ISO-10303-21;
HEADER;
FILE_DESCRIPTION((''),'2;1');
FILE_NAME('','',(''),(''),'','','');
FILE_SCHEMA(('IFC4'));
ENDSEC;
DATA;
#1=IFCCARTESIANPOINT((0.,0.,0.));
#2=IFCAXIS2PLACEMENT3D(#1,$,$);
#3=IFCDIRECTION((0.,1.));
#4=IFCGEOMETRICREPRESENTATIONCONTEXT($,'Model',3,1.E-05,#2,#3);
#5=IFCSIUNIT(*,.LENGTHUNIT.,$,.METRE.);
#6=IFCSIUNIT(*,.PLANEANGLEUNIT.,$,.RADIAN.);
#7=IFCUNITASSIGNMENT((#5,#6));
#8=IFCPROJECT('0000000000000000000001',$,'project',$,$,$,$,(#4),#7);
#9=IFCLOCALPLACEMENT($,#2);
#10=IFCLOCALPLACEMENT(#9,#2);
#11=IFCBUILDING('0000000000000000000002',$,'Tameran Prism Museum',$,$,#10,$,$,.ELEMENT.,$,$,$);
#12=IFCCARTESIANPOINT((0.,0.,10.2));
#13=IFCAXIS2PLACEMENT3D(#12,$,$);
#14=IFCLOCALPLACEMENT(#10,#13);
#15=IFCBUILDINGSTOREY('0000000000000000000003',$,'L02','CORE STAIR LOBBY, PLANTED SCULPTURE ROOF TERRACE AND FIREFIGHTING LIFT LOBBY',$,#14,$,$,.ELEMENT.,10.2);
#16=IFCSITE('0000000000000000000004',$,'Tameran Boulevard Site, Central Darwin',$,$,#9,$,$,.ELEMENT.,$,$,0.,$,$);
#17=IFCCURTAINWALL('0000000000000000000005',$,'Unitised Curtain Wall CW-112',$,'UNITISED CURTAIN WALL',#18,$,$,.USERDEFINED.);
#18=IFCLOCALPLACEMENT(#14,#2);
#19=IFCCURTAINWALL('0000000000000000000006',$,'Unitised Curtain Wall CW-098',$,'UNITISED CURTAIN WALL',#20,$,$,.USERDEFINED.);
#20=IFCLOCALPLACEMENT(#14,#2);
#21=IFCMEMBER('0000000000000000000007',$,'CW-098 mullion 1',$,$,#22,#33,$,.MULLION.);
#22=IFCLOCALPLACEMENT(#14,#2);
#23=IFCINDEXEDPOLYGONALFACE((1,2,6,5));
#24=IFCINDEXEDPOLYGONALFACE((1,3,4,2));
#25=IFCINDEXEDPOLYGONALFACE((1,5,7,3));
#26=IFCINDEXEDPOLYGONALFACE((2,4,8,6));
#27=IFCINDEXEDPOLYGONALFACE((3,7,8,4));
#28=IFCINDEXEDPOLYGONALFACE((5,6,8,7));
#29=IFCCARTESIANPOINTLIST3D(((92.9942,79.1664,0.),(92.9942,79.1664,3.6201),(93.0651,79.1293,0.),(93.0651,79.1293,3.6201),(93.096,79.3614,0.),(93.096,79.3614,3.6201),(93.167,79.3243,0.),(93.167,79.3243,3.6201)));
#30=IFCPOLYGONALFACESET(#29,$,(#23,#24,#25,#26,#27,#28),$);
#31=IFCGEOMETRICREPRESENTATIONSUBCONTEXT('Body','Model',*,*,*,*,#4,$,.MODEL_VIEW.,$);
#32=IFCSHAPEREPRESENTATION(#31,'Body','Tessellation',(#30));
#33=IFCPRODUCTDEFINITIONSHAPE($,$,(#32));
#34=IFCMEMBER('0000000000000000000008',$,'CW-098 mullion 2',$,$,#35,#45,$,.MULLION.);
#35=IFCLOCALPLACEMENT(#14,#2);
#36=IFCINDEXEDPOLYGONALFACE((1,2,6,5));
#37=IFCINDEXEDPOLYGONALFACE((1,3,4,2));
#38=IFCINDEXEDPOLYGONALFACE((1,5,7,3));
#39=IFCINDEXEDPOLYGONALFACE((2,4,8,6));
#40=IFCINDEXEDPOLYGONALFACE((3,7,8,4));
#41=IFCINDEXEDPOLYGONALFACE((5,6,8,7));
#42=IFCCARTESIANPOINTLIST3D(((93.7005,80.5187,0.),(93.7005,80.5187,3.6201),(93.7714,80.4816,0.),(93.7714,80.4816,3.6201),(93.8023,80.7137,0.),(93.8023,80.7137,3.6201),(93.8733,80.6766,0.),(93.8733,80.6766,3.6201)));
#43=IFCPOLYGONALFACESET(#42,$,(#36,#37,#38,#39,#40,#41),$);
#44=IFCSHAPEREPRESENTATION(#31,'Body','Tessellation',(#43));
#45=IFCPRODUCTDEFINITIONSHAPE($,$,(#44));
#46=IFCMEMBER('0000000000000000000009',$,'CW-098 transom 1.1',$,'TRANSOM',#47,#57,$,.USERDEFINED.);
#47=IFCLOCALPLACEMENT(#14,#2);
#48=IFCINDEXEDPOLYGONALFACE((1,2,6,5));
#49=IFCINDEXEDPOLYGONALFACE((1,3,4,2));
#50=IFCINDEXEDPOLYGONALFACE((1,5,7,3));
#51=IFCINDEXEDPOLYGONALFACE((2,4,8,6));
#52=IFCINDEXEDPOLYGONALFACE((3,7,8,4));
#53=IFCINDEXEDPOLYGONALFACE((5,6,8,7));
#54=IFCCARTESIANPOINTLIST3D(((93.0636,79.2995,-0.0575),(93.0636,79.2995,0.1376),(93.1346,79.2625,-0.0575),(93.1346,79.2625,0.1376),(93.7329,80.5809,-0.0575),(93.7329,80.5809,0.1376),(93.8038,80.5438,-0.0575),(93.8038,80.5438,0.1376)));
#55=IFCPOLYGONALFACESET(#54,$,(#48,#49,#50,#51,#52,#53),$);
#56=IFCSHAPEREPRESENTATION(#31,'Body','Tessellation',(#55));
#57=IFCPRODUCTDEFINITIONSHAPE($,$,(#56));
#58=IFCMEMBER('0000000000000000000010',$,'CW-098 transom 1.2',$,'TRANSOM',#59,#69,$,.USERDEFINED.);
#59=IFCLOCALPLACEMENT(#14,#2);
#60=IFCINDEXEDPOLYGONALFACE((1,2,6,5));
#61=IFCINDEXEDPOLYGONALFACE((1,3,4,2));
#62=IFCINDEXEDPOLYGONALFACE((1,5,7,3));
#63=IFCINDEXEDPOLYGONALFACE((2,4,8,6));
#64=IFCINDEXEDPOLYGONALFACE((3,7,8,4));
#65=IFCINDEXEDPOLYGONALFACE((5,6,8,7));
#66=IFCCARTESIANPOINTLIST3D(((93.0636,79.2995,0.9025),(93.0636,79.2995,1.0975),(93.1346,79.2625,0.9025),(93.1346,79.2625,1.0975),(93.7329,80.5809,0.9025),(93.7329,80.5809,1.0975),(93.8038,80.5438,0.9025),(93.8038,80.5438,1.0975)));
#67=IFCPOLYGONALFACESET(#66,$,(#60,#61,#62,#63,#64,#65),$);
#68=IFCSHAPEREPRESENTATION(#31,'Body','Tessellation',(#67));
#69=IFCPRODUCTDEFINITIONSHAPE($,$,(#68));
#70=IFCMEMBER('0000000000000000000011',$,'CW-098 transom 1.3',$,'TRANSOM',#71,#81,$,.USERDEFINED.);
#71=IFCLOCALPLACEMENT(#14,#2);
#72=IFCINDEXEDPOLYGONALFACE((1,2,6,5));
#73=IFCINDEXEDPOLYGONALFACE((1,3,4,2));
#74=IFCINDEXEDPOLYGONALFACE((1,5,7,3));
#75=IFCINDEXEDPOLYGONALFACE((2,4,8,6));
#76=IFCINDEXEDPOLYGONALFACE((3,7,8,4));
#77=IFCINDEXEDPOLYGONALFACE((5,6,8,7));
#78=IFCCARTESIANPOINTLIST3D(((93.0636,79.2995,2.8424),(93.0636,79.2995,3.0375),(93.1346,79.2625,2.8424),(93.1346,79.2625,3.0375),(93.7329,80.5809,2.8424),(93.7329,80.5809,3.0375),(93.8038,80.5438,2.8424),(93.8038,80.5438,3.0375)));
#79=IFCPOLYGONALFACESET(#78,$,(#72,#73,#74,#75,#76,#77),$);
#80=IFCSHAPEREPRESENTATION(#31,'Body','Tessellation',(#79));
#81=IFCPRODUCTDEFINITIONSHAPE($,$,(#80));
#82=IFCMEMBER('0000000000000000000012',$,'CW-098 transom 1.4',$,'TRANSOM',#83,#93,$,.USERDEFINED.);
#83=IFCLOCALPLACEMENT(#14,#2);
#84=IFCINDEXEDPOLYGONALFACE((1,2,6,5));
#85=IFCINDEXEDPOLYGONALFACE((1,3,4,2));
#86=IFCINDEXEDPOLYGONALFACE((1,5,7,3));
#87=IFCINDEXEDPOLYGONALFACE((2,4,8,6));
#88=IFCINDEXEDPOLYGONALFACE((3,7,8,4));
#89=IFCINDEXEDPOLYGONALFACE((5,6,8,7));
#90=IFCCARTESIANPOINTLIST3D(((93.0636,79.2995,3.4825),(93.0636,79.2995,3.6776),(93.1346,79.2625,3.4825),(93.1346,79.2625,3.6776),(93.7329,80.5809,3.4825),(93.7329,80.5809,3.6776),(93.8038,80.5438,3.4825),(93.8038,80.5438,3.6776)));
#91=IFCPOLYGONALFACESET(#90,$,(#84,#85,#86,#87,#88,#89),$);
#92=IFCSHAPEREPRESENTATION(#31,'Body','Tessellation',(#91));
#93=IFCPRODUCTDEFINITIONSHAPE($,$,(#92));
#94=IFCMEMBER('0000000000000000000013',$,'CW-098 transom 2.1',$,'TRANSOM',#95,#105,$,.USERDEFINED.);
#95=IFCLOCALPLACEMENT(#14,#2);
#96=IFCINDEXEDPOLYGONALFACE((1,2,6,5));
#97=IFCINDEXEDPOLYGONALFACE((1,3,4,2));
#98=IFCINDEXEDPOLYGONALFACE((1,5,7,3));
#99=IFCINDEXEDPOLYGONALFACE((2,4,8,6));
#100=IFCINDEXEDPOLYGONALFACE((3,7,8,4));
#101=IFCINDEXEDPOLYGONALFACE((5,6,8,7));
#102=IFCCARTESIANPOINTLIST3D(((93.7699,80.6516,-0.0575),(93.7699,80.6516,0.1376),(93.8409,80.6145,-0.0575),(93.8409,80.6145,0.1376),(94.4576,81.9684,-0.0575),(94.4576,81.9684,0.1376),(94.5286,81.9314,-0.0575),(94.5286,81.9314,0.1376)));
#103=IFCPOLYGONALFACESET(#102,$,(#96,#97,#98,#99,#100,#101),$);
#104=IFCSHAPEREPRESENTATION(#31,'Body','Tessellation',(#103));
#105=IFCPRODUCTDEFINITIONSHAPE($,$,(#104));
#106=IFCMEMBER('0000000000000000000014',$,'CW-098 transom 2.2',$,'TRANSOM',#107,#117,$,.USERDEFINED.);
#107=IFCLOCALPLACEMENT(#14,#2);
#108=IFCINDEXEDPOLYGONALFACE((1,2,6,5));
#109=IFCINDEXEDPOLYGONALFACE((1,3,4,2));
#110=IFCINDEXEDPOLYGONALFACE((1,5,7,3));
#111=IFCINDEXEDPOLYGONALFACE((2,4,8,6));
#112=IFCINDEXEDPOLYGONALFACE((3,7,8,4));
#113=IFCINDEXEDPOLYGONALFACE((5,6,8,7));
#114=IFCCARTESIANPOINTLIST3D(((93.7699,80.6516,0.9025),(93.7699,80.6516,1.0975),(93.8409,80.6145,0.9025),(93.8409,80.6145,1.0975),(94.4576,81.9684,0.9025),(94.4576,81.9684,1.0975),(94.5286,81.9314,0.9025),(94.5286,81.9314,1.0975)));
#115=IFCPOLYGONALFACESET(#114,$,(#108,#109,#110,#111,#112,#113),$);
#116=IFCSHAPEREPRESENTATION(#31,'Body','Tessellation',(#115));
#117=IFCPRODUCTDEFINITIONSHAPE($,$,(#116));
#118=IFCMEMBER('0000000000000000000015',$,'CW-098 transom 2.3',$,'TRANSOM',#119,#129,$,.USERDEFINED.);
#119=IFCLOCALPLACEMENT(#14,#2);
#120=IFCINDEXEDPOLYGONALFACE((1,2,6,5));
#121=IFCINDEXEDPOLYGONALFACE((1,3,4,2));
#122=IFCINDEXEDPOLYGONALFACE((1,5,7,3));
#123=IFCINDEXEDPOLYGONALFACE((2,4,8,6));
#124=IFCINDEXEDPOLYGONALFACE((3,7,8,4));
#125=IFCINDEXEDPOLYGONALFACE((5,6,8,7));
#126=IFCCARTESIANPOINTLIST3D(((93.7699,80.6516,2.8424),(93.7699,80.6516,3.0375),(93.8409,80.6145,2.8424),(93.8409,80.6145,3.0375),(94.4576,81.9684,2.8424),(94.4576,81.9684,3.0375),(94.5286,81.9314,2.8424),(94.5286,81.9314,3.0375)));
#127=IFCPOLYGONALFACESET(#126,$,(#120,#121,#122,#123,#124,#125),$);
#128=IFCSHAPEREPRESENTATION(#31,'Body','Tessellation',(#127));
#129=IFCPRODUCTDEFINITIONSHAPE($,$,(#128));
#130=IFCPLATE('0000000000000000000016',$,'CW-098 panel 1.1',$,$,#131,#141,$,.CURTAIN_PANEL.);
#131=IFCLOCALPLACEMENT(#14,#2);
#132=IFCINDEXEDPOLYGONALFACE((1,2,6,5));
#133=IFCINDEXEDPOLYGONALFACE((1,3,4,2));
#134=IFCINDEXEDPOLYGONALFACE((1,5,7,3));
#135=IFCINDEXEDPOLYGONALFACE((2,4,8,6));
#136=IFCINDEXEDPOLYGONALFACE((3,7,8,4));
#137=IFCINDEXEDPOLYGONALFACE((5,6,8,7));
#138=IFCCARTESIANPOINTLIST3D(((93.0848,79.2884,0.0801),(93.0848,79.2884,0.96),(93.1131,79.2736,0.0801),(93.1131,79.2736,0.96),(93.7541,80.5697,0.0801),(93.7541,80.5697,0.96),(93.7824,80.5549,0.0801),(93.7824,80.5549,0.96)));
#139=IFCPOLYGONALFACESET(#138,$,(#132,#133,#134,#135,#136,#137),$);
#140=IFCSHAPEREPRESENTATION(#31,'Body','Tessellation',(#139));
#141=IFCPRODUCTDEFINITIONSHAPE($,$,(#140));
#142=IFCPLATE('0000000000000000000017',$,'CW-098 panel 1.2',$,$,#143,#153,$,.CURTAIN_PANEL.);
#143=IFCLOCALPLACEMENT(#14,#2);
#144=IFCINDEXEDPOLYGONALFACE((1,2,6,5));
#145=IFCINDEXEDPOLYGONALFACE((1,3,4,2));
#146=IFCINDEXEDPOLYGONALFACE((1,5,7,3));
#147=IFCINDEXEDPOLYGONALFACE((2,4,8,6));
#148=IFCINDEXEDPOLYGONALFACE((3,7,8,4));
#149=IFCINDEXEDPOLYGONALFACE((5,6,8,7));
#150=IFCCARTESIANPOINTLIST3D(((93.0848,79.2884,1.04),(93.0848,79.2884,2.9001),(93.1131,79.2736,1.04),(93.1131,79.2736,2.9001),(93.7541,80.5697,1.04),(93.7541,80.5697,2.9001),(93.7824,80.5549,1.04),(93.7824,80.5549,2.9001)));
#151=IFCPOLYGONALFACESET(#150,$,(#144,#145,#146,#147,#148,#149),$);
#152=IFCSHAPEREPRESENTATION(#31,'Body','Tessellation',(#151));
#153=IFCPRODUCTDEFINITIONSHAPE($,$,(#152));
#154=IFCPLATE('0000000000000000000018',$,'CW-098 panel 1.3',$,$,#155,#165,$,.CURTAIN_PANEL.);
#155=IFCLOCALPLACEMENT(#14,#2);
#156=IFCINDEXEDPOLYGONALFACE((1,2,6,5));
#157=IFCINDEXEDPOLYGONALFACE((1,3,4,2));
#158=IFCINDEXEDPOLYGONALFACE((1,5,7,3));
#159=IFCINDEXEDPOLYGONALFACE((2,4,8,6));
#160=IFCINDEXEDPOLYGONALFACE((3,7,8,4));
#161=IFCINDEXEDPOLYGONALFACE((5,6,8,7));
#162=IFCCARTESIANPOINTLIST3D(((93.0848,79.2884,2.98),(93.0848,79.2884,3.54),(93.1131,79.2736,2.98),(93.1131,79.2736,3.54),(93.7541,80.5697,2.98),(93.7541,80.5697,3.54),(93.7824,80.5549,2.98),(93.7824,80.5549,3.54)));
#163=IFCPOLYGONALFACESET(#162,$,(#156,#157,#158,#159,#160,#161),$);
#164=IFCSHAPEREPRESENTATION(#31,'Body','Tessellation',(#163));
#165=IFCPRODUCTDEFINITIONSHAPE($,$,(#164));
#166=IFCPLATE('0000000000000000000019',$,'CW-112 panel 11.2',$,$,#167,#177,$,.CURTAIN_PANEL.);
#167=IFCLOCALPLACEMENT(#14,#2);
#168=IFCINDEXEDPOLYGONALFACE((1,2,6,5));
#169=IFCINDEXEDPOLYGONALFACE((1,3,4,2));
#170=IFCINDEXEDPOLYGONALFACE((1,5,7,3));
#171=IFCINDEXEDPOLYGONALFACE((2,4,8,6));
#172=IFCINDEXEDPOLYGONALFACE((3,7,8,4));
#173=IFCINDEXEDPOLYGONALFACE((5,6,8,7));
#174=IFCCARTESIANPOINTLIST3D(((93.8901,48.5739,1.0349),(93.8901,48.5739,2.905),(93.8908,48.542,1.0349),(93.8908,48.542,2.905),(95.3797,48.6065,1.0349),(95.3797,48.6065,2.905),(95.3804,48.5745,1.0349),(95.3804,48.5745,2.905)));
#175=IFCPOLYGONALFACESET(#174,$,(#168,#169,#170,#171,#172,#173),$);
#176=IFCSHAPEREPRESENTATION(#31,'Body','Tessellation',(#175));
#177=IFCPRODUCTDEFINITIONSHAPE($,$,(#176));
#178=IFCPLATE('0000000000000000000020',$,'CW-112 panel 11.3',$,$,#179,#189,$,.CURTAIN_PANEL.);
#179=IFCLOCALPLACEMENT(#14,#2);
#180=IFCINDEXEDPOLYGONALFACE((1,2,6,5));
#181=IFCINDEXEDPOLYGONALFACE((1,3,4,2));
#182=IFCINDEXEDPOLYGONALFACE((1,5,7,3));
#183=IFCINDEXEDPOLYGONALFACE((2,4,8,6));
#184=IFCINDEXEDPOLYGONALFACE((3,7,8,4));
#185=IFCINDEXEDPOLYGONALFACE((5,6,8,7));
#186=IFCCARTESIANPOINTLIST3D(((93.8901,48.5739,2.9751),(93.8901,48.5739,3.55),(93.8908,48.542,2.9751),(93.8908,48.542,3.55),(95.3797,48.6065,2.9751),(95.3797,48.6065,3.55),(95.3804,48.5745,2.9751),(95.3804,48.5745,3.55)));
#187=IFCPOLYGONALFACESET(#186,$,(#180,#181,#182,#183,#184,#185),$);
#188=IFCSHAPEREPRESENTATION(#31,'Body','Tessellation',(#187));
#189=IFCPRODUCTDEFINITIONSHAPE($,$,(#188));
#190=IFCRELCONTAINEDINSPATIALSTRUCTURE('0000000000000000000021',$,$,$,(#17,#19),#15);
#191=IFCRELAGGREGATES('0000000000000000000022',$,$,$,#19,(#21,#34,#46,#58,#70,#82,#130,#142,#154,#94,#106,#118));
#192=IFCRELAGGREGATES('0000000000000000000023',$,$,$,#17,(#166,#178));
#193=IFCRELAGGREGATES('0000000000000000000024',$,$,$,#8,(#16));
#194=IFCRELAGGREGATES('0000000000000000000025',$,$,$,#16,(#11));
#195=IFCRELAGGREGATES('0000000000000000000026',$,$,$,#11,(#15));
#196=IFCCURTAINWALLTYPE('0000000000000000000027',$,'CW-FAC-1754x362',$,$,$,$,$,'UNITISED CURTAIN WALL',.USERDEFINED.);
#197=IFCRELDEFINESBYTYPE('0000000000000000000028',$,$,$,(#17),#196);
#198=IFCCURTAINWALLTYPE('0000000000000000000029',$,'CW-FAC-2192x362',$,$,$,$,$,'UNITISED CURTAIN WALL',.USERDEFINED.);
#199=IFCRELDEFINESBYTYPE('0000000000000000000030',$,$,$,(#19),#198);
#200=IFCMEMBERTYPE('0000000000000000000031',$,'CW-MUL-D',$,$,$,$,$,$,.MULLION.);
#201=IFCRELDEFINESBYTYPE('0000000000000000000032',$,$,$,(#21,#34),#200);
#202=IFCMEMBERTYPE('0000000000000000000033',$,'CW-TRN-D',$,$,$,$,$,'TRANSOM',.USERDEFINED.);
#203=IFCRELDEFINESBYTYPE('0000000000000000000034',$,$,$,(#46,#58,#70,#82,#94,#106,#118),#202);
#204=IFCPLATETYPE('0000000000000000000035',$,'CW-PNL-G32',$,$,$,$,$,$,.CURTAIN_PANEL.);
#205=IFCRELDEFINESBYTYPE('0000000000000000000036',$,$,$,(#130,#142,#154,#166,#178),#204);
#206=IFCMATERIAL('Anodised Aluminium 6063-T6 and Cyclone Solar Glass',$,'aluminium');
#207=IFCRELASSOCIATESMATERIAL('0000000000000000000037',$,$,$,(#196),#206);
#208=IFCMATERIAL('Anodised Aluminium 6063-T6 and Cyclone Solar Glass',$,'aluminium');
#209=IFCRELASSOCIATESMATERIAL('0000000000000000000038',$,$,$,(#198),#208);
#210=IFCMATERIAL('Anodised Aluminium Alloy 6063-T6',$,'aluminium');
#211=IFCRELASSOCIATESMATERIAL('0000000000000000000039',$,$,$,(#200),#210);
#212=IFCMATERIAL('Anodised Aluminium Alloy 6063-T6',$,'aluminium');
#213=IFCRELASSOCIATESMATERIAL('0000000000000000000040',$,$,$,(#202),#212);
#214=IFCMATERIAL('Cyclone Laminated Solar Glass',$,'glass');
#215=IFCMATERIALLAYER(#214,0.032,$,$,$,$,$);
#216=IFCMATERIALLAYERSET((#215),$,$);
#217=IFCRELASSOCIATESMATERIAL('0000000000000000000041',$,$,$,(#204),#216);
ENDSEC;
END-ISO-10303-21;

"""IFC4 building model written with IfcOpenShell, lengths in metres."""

from ifc_helpers import new_model, si_unit, direction, frame, origin, origin_2d, place, context, subcontext, project, spatial, rectangle, extrude, material, layer, layer_set, material_profile, profile_set, type_object, element, aggregate, save


model = new_model("IFC4")

# Units and contexts
model_context = context("Model", 3, precision=1e-05, world=origin(), true_north=direction((0.0, 1.0)))
body_context = subcontext(model_context, "Body", "Model", "MODEL_VIEW")
ifc_project = project(units=[si_unit("LENGTHUNIT", "METRE"), si_unit("PLANEANGLEUNIT", "RADIAN")], contexts=[model_context])

# Site, building, storey
site_placement = place(None, origin())
site = spatial("IfcSite", under=ifc_project, at=site_placement, Name="Tameran Boulevard Site, Central Darwin", CompositionType="ELEMENT", RefElevation=0.0)
building_placement = place(site_placement, origin())
building = spatial("IfcBuilding", under=site, at=building_placement, Name="Tameran Prism Museum", CompositionType="ELEMENT")
storey_placement = place(building_placement, frame((0.0, 0.0, 10.2)))
storey = spatial("IfcBuildingStorey", under=building, at=storey_placement, Name="L02", Description="CORE STAIR LOBBY, PLANTED SCULPTURE ROOF TERRACE AND FIREFIGHTING LIFT LOBBY", CompositionType="ELEMENT", Elevation=10.2)

# Curtain wall
ifc_material_1 = material(Name="Anodised Aluminium 6063-T6 and Cyclone Solar Glass", Category="aluminium")
curtain_wall_type_1 = type_object("IfcCurtainWallType", Name="CW-FAC-1754x362", ElementType="UNITISED CURTAIN WALL", PredefinedType="USERDEFINED", material=ifc_material_1)
curtain_wall_1_placement = place(storey_placement, origin())
curtain_wall_1 = element("IfcCurtainWall", 1, at=curtain_wall_1_placement, inside=storey, type_object=curtain_wall_type_1, Name="Unitised Curtain Wall CW-112", ObjectType="UNITISED CURTAIN WALL", PredefinedType="USERDEFINED")

# Curtain wall, members, plates
ifc_material_2 = material(Name="Anodised Aluminium 6063-T6 and Cyclone Solar Glass", Category="aluminium")
curtain_wall_type_2 = type_object("IfcCurtainWallType", Name="CW-FAC-2192x362", ElementType="UNITISED CURTAIN WALL", PredefinedType="USERDEFINED", material=ifc_material_2)
curtain_wall_2_placement = place(storey_placement, origin())
curtain_wall_2 = element("IfcCurtainWall", 2, at=curtain_wall_2_placement, inside=storey, type_object=curtain_wall_type_2, Name="Unitised Curtain Wall CW-098", ObjectType="UNITISED CURTAIN WALL", PredefinedType="USERDEFINED")
ifc_material_3 = material(Name="Anodised Aluminium Alloy 6063-T6", Category="aluminium")
ifc_material_profile_1 = material_profile(ifc_material_3, rectangle(XDim=0.0801, YDim=0.22, at=origin_2d()))
ifc_profile_set_1 = profile_set([ifc_material_profile_1])
member_type_1 = type_object("IfcMemberType", Name="CW-MUL-D", PredefinedType="MULLION", material=ifc_profile_set_1)
member_1_placement = place(storey_placement, frame((93.0806, 79.2454, 0.0), z_axis=(0.0, 0.0, 1.0), x_axis=(-0.886357, 0.463003, 0.0)))
member_1 = element("IfcMember", 3, at=member_1_placement, type_object=member_type_1, Name="CW-098 mullion 1", PredefinedType="MULLION", context=body_context, shape_type="SweptSolid", body=[
    extrude(rectangle(XDim=0.0801, YDim=0.22, at=origin_2d()), origin(), (0.0, 0.0, 1.0), 3.6201),
])
member_2_placement = place(storey_placement, frame((93.7869, 80.5977, 0.0), z_axis=(0.0, 0.0, 1.0), x_axis=(-0.886357, 0.463003, 0.0)))
member_2 = element("IfcMember", 4, at=member_2_placement, type_object=member_type_1, Name="CW-098 mullion 2", PredefinedType="MULLION", context=body_context, shape_type="SweptSolid", body=[
    extrude(rectangle(XDim=0.0801, YDim=0.22, at=origin_2d()), origin(), (0.0, 0.0, 1.0), 3.6201),
])
ifc_material_4 = material(Name="Anodised Aluminium Alloy 6063-T6", Category="aluminium")
ifc_material_profile_2 = material_profile(ifc_material_4, rectangle(XDim=0.0801, YDim=0.1951, at=origin_2d()))
ifc_profile_set_2 = profile_set([ifc_material_profile_2])
member_type_2 = type_object("IfcMemberType", Name="CW-TRN-D", ElementType="TRANSOM", PredefinedType="USERDEFINED", material=ifc_profile_set_2)
member_3_placement = place(storey_placement, frame((93.0991, 79.281, 0.04), z_axis=(0.462953, 0.886383, 0.0), x_axis=(-0.886383, 0.462953, 0.0)))
member_3 = element("IfcMember", 5, at=member_3_placement, type_object=member_type_2, Name="CW-098 transom 1.1", ObjectType="TRANSOM", PredefinedType="USERDEFINED", context=body_context, shape_type="SweptSolid", body=[
    extrude(rectangle(XDim=0.0801, YDim=0.1951, at=origin_2d()), origin(), (0.0, 0.0, 1.0), 1.4456),
])
member_4_placement = place(storey_placement, frame((93.0991, 79.281, 1.0), z_axis=(0.462953, 0.886383, 0.0), x_axis=(-0.886383, 0.462953, 0.0)))
member_4 = element("IfcMember", 6, at=member_4_placement, type_object=member_type_2, Name="CW-098 transom 1.2", ObjectType="TRANSOM", PredefinedType="USERDEFINED", context=body_context, shape_type="SweptSolid", body=[
    extrude(rectangle(XDim=0.0801, YDim=0.1951, at=origin_2d()), origin(), (0.0, 0.0, 1.0), 1.4456),
])
member_5_placement = place(storey_placement, frame((93.0991, 79.281, 2.9399), z_axis=(0.462953, 0.886383, 0.0), x_axis=(-0.886383, 0.462953, 0.0)))
member_5 = element("IfcMember", 7, at=member_5_placement, type_object=member_type_2, Name="CW-098 transom 1.3", ObjectType="TRANSOM", PredefinedType="USERDEFINED", context=body_context, shape_type="SweptSolid", body=[
    extrude(rectangle(XDim=0.0801, YDim=0.1951, at=origin_2d()), origin(), (0.0, 0.0, 1.0), 1.4456),
])
member_6_placement = place(storey_placement, frame((93.0991, 79.281, 3.5801), z_axis=(0.462953, 0.886383, 0.0), x_axis=(-0.886383, 0.462953, 0.0)))
member_6 = element("IfcMember", 8, at=member_6_placement, type_object=member_type_2, Name="CW-098 transom 1.4", ObjectType="TRANSOM", PredefinedType="USERDEFINED", context=body_context, shape_type="SweptSolid", body=[
    extrude(rectangle(XDim=0.0801, YDim=0.1951, at=origin_2d()), origin(), (0.0, 0.0, 1.0), 1.4456),
])
member_7_placement = place(storey_placement, frame((93.8054, 80.6331, 0.04), z_axis=(0.46292, 0.8864, 0.0), x_axis=(-0.8864, 0.46292, 0.0)))
member_7 = element("IfcMember", 9, at=member_7_placement, type_object=member_type_2, Name="CW-098 transom 2.1", ObjectType="TRANSOM", PredefinedType="USERDEFINED", context=body_context, shape_type="SweptSolid", body=[
    extrude(rectangle(XDim=0.0801, YDim=0.1951, at=origin_2d()), origin(), (0.0, 0.0, 1.0), 1.4856),
])
member_8_placement = place(storey_placement, frame((93.8054, 80.6331, 1.0), z_axis=(0.46292, 0.8864, 0.0), x_axis=(-0.8864, 0.46292, 0.0)))
member_8 = element("IfcMember", 10, at=member_8_placement, type_object=member_type_2, Name="CW-098 transom 2.2", ObjectType="TRANSOM", PredefinedType="USERDEFINED", context=body_context, shape_type="SweptSolid", body=[
    extrude(rectangle(XDim=0.0801, YDim=0.1951, at=origin_2d()), origin(), (0.0, 0.0, 1.0), 1.4856),
])
member_9_placement = place(storey_placement, frame((93.8054, 80.6331, 2.9399), z_axis=(0.46292, 0.8864, 0.0), x_axis=(-0.8864, 0.46292, 0.0)))
member_9 = element("IfcMember", 11, at=member_9_placement, type_object=member_type_2, Name="CW-098 transom 2.3", ObjectType="TRANSOM", PredefinedType="USERDEFINED", context=body_context, shape_type="SweptSolid", body=[
    extrude(rectangle(XDim=0.0801, YDim=0.1951, at=origin_2d()), origin(), (0.0, 0.0, 1.0), 1.4856),
])
ifc_material_5 = material(Name="Cyclone Laminated Solar Glass", Category="glass")
ifc_layer_1 = layer(ifc_material_5, 0.032)
ifc_layer_set_1 = layer_set([ifc_layer_1])
plate_type = type_object("IfcPlateType", Name="CW-PNL-G32", PredefinedType="CURTAIN_PANEL", material=ifc_layer_set_1)
plate_1_placement = place(storey_placement, frame((93.4336, 79.9216, 0.0801), z_axis=(0.0, 0.0, 1.0), x_axis=(0.463003, 0.886357, 0.0)))
plate_1 = element("IfcPlate", 12, at=plate_1_placement, type_object=plate_type, Name="CW-098 panel 1.1", PredefinedType="CURTAIN_PANEL", context=body_context, shape_type="SweptSolid", body=[
    extrude(rectangle(XDim=1.4456, YDim=0.032, at=origin_2d()), origin(), (0.0, 0.0, 1.0), 0.8799),
])
plate_2_placement = place(storey_placement, frame((93.4336, 79.9216, 1.04), z_axis=(0.0, 0.0, 1.0), x_axis=(0.463003, 0.886357, 0.0)))
plate_2 = element("IfcPlate", 13, at=plate_2_placement, type_object=plate_type, Name="CW-098 panel 1.2", PredefinedType="CURTAIN_PANEL", context=body_context, shape_type="SweptSolid", body=[
    extrude(rectangle(XDim=1.4456, YDim=0.032, at=origin_2d()), origin(), (0.0, 0.0, 1.0), 1.8601),
])
plate_3_placement = place(storey_placement, frame((93.4336, 79.9216, 2.98), z_axis=(0.0, 0.0, 1.0), x_axis=(0.463003, 0.886357, 0.0)))
plate_3 = element("IfcPlate", 14, at=plate_3_placement, type_object=plate_type, Name="CW-098 panel 1.3", PredefinedType="CURTAIN_PANEL", context=body_context, shape_type="SweptSolid", body=[
    extrude(rectangle(XDim=1.4456, YDim=0.032, at=origin_2d()), origin(), (0.0, 0.0, 1.0), 0.5601),
])
aggregate(curtain_wall_2, [member_1, member_2, member_3, member_4, member_5, member_6, plate_1, plate_2, plate_3, member_7, member_8, member_9])

# Plates
plate_4_placement = place(storey_placement, frame((94.6353, 48.5742, 1.0349), z_axis=(0.0, 0.0, 1.0), x_axis=(0.999762, 0.021831, 0.0)))
plate_4 = element("IfcPlate", 15, at=plate_4_placement, type_object=plate_type, Name="CW-112 panel 11.2", PredefinedType="CURTAIN_PANEL", context=body_context, shape_type="SweptSolid", body=[
    extrude(rectangle(XDim=1.49, YDim=0.032, at=origin_2d()), origin(), (0.0, 0.0, 1.0), 1.8701),
])
plate_5_placement = place(storey_placement, frame((94.6353, 48.5742, 2.9751), z_axis=(0.0, 0.0, 1.0), x_axis=(0.999762, 0.021831, 0.0)))
plate_5 = element("IfcPlate", 16, at=plate_5_placement, type_object=plate_type, Name="CW-112 panel 11.3", PredefinedType="CURTAIN_PANEL", context=body_context, shape_type="SweptSolid", body=[
    extrude(rectangle(XDim=1.49, YDim=0.032, at=origin_2d()), origin(), (0.0, 0.0, 1.0), 0.575),
])
aggregate(curtain_wall_1, [plate_4, plate_5])

save(model, "model.ifc")
